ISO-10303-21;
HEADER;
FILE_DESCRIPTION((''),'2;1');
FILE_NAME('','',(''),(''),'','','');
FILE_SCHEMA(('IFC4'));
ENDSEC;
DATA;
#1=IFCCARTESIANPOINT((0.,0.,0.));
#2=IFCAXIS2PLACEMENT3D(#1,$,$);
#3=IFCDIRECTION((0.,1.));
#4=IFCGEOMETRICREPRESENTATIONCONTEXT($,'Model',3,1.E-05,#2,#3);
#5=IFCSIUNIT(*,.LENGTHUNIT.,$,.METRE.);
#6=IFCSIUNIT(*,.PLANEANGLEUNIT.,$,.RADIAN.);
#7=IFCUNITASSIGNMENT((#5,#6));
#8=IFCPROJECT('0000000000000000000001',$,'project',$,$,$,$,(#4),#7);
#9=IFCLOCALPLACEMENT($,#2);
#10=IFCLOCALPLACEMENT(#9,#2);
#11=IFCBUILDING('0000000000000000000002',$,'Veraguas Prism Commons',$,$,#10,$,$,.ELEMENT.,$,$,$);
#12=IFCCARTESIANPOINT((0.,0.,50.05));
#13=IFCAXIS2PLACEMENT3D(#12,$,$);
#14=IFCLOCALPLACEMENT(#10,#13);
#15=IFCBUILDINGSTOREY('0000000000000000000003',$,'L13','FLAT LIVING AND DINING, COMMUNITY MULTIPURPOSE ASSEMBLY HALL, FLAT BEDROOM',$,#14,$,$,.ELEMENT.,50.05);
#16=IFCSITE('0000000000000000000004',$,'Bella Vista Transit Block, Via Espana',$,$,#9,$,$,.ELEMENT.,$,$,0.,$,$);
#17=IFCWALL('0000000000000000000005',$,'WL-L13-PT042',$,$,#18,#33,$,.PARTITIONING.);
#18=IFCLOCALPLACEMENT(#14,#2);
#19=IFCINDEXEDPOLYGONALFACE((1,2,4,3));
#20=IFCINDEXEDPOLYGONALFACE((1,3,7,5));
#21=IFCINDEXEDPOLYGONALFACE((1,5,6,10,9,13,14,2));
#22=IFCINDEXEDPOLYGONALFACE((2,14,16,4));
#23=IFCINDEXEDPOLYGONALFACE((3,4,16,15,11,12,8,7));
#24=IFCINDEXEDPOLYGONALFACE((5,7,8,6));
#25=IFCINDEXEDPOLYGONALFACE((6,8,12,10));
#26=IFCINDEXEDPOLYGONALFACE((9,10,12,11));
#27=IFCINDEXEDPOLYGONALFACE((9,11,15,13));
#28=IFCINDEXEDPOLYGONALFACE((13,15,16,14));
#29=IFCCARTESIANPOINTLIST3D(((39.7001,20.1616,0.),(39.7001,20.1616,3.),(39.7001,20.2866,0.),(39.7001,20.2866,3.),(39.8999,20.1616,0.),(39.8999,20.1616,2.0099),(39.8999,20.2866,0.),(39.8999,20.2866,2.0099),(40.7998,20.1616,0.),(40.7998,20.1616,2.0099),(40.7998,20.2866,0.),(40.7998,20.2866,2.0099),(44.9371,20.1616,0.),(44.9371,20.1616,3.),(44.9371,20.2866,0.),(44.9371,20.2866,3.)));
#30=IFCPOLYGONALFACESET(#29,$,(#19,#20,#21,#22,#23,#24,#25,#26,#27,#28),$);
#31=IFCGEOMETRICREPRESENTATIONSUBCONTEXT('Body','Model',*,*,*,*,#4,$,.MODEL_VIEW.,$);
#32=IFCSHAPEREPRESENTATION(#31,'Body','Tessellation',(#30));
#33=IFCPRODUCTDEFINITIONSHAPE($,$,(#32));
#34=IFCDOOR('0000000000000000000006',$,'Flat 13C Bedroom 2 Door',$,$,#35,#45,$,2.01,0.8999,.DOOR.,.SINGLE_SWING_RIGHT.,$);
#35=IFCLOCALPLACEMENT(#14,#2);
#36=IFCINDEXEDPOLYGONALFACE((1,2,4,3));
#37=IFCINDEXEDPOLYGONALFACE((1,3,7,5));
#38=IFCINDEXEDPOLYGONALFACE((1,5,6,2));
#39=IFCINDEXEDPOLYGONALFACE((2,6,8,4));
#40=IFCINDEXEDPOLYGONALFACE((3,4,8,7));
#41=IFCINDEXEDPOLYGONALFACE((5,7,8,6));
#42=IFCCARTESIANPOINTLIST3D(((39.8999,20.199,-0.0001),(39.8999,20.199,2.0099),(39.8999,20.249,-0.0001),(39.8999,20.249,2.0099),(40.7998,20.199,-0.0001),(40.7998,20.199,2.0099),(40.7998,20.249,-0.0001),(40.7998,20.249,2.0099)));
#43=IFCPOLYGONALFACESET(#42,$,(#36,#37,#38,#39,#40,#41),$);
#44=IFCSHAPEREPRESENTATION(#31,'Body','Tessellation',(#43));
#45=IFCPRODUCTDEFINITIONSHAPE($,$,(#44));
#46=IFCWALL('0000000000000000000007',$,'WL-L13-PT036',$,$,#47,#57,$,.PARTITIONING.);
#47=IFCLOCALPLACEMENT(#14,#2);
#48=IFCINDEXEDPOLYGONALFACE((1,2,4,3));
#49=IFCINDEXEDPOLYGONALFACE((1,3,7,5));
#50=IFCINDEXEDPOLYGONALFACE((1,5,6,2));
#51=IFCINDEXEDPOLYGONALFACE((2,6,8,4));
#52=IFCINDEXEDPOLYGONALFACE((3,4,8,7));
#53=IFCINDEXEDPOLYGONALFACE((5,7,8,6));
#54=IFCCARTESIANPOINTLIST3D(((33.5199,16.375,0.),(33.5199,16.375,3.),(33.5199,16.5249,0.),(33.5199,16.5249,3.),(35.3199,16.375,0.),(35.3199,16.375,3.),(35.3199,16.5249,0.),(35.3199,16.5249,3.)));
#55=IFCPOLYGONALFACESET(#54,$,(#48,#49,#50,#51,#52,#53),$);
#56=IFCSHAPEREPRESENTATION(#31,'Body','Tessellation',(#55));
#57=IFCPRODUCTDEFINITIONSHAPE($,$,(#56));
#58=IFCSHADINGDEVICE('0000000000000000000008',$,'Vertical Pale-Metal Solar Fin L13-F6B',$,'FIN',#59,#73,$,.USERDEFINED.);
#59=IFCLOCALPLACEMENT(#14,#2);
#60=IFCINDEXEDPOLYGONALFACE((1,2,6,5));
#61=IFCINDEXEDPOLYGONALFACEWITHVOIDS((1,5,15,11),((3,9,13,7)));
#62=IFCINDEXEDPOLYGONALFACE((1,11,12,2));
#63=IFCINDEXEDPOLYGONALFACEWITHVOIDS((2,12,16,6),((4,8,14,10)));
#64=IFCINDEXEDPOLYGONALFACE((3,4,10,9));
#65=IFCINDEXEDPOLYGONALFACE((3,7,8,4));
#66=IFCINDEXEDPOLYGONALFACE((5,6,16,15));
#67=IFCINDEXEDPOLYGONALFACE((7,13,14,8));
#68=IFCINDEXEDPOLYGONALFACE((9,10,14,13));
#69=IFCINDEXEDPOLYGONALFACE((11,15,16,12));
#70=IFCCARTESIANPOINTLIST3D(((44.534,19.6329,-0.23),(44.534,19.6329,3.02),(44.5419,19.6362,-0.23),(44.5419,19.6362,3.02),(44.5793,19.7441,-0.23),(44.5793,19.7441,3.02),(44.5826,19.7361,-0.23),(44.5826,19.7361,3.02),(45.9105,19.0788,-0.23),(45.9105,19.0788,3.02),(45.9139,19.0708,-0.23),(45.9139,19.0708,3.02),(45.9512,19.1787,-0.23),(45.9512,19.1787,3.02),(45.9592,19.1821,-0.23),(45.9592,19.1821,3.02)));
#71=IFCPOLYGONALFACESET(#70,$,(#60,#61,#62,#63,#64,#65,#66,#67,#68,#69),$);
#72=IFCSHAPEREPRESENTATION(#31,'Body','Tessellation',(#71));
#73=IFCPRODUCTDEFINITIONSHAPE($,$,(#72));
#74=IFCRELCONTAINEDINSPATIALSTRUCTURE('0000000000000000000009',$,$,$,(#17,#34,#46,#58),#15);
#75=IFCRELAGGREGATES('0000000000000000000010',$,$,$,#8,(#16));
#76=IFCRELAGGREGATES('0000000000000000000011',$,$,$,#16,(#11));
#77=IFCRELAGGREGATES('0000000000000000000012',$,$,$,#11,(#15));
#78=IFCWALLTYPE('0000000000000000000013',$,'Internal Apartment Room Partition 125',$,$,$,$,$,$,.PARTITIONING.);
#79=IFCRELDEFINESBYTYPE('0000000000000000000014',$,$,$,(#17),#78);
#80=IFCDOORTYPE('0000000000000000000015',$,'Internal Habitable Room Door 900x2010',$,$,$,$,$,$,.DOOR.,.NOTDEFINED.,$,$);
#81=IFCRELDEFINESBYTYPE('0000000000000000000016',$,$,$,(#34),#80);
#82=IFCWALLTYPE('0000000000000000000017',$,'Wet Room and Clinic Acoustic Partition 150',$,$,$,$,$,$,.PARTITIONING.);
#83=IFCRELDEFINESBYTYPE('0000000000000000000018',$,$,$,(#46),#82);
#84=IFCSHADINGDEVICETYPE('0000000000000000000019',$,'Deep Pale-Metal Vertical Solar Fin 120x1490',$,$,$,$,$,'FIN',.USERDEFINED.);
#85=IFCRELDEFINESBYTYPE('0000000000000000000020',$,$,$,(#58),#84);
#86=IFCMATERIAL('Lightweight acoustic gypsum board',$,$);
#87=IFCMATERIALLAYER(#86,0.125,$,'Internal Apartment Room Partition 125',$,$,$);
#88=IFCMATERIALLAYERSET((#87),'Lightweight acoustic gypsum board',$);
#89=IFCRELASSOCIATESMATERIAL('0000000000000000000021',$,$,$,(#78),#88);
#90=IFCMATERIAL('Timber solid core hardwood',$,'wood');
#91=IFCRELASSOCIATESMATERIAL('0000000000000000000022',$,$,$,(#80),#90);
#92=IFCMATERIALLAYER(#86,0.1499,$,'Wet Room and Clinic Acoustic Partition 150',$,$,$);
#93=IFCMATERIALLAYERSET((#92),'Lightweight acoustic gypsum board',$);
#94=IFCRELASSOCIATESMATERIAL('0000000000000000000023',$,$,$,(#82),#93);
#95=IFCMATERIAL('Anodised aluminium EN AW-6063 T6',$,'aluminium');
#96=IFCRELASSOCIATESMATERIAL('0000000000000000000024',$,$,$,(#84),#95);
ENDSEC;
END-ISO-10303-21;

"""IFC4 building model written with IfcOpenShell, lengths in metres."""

from ifc_helpers import new_model, si_unit, direction, frame, frame_2d, origin, origin_2d, place, context, subcontext, project, spatial, rectangle, hollow_rectangle, extrude, source, transform, mapped, material, layer, layer_set, material_profile, profile_set, type_object, element, fill, save


model = new_model("IFC4")

# Units and contexts
model_context = context("Model", 3, precision=1e-05, world=origin(), true_north=direction((0.0, 1.0)))
body_context = subcontext(model_context, "Body", "Model", "MODEL_VIEW")
ifc_project = project(units=[si_unit("LENGTHUNIT", "METRE"), si_unit("PLANEANGLEUNIT", "RADIAN")], contexts=[model_context])

# Site, building, storey
site_placement = place(None, origin())
site = spatial("IfcSite", under=ifc_project, at=site_placement, Name="Bella Vista Transit Block, Via Espana", CompositionType="ELEMENT", RefElevation=0.0)
building_placement = place(site_placement, origin())
building = spatial("IfcBuilding", under=site, at=building_placement, Name="Veraguas Prism Commons", CompositionType="ELEMENT")
storey_placement = place(building_placement, frame((0.0, 0.0, 50.05)))
storey = spatial("IfcBuildingStorey", under=building, at=storey_placement, Name="L13", Description="FLAT LIVING AND DINING, COMMUNITY MULTIPURPOSE ASSEMBLY HALL, FLAT BEDROOM", CompositionType="ELEMENT", Elevation=50.05)

# Shared definitions
ifc_material_1 = material(Name="Anodised aluminium EN AW-6063 T6", Category="aluminium")

# Shared definitions
ifc_material_2 = material(Name="Lightweight acoustic gypsum board")
ifc_layer_1 = layer(ifc_material_2, 0.125, Name="Internal Apartment Room Partition 125")
ifc_layer_set_1 = layer_set([ifc_layer_1], Name="Lightweight acoustic gypsum board")
wall_type_1 = type_object("IfcWallType", Name="Internal Apartment Room Partition 125", PredefinedType="PARTITIONING", material=ifc_layer_set_1)
ifc_material_3 = material(Name="Timber solid core hardwood", Category="wood")
door_type_1 = type_object("IfcDoorType", Name="Internal Habitable Room Door 900x2010", OperationType="NOTDEFINED", PredefinedType="DOOR", material=ifc_material_3)
shared_shape_1 = source(origin(), body_context, "Body", "SweptSolid", [
    extrude(rectangle(XDim=0.8999, YDim=2.01, at=frame_2d((0.45, 1.0049))), frame((0.0, 0.0249, 0.0), z_axis=(0.0, -1.0, 0.0), x_axis=(1.0, 0.0, 0.0)), (0.0, 0.0, 1.0), 0.05),
])

# Wall, opening, door
wall_1_placement = place(storey_placement, frame((39.7, 20.2241, 0.0), z_axis=(0.0, 0.0, 1.0), x_axis=(1.0, 0.0, 0.0)))
wall_1 = element("IfcWall", 1, at=wall_1_placement, inside=storey, type_object=wall_type_1, Name="WL-L13-PT042", PredefinedType="PARTITIONING", context=body_context, shape_type="SweptSolid", body=[
    extrude(rectangle(XDim=5.2371, YDim=0.125, at=frame_2d((2.6187, 0.0))), origin(), (0.0, 0.0, 1.0), 3.0),
])
opening_1_placement = place(wall_1_placement, frame((0.2, 0.0, 0.0)))
opening_1 = element("IfcOpeningElement", 2, at=opening_1_placement, cuts=wall_1, PredefinedType="OPENING", context=body_context, shape_type="SweptSolid", body=[
    extrude(rectangle(XDim=0.8999, YDim=2.01, at=frame_2d((0.45, 1.0049))), frame((0.0, 0.0725, 0.0), z_axis=(0.0, -1.0, 0.0), x_axis=(1.0, 0.0, 0.0)), (0.0, 0.0, 1.0), 0.145),
])
door_1_placement = place(opening_1_placement, origin())
door_1 = element("IfcDoor", 3, at=door_1_placement, inside=storey, type_object=door_type_1, Name="Flat 13C Bedroom 2 Door", OperationType="SINGLE_SWING_RIGHT", OverallHeight=2.01, OverallWidth=0.8999, PredefinedType="DOOR", context=body_context, shape_type="MappedRepresentation", body=[
    mapped(shared_shape_1, transform((0.0, 0.0, 0.0), scale=1.0)),
])
fill(opening_1, door_1)

# Wall
ifc_layer_2 = layer(ifc_material_2, 0.1499, Name="Wet Room and Clinic Acoustic Partition 150")
ifc_layer_set_2 = layer_set([ifc_layer_2], Name="Lightweight acoustic gypsum board")
wall_type_2 = type_object("IfcWallType", Name="Wet Room and Clinic Acoustic Partition 150", PredefinedType="PARTITIONING", material=ifc_layer_set_2)
wall_2_placement = place(storey_placement, frame((33.52, 16.45, 0.0), z_axis=(0.0, 0.0, 1.0), x_axis=(1.0, 0.0, 0.0)))
element("IfcWall", 4, at=wall_2_placement, inside=storey, type_object=wall_type_2, Name="WL-L13-PT036", PredefinedType="PARTITIONING", context=body_context, shape_type="SweptSolid", body=[
    extrude(rectangle(XDim=1.8, YDim=0.1499, at=frame_2d((0.8999, 0.0))), origin(), (0.0, 0.0, 1.0), 3.0),
])

# Shading device
ifc_material_profile_1 = material_profile(ifc_material_1, hollow_rectangle(XDim=0.1201, YDim=1.49, WallThickness=0.0061, at=origin_2d()), Name="FIN120X1490X6")
ifc_profile_set_1 = profile_set([ifc_material_profile_1], Name="Anodised aluminium EN AW-6063 T6")
shading_device_type = type_object("IfcShadingDeviceType", Name="Deep Pale-Metal Vertical Solar Fin 120x1490", ElementType="FIN", PredefinedType="USERDEFINED", material=ifc_profile_set_1)
shading_device_placement = place(storey_placement, frame((45.2466, 19.4075, -0.23), z_axis=(0.0, 0.0, 1.0), x_axis=(0.377194, 0.926134, 0.0)))
element("IfcShadingDevice", 5, at=shading_device_placement, inside=storey, type_object=shading_device_type, Name="Vertical Pale-Metal Solar Fin L13-F6B", ObjectType="FIN", PredefinedType="USERDEFINED", context=body_context, shape_type="SweptSolid", body=[
    extrude(hollow_rectangle(XDim=0.1201, YDim=1.49, WallThickness=0.0061, at=origin_2d()), origin(), (0.0, 0.0, 1.0), 3.25),
])

save(model, "model.ifc")
